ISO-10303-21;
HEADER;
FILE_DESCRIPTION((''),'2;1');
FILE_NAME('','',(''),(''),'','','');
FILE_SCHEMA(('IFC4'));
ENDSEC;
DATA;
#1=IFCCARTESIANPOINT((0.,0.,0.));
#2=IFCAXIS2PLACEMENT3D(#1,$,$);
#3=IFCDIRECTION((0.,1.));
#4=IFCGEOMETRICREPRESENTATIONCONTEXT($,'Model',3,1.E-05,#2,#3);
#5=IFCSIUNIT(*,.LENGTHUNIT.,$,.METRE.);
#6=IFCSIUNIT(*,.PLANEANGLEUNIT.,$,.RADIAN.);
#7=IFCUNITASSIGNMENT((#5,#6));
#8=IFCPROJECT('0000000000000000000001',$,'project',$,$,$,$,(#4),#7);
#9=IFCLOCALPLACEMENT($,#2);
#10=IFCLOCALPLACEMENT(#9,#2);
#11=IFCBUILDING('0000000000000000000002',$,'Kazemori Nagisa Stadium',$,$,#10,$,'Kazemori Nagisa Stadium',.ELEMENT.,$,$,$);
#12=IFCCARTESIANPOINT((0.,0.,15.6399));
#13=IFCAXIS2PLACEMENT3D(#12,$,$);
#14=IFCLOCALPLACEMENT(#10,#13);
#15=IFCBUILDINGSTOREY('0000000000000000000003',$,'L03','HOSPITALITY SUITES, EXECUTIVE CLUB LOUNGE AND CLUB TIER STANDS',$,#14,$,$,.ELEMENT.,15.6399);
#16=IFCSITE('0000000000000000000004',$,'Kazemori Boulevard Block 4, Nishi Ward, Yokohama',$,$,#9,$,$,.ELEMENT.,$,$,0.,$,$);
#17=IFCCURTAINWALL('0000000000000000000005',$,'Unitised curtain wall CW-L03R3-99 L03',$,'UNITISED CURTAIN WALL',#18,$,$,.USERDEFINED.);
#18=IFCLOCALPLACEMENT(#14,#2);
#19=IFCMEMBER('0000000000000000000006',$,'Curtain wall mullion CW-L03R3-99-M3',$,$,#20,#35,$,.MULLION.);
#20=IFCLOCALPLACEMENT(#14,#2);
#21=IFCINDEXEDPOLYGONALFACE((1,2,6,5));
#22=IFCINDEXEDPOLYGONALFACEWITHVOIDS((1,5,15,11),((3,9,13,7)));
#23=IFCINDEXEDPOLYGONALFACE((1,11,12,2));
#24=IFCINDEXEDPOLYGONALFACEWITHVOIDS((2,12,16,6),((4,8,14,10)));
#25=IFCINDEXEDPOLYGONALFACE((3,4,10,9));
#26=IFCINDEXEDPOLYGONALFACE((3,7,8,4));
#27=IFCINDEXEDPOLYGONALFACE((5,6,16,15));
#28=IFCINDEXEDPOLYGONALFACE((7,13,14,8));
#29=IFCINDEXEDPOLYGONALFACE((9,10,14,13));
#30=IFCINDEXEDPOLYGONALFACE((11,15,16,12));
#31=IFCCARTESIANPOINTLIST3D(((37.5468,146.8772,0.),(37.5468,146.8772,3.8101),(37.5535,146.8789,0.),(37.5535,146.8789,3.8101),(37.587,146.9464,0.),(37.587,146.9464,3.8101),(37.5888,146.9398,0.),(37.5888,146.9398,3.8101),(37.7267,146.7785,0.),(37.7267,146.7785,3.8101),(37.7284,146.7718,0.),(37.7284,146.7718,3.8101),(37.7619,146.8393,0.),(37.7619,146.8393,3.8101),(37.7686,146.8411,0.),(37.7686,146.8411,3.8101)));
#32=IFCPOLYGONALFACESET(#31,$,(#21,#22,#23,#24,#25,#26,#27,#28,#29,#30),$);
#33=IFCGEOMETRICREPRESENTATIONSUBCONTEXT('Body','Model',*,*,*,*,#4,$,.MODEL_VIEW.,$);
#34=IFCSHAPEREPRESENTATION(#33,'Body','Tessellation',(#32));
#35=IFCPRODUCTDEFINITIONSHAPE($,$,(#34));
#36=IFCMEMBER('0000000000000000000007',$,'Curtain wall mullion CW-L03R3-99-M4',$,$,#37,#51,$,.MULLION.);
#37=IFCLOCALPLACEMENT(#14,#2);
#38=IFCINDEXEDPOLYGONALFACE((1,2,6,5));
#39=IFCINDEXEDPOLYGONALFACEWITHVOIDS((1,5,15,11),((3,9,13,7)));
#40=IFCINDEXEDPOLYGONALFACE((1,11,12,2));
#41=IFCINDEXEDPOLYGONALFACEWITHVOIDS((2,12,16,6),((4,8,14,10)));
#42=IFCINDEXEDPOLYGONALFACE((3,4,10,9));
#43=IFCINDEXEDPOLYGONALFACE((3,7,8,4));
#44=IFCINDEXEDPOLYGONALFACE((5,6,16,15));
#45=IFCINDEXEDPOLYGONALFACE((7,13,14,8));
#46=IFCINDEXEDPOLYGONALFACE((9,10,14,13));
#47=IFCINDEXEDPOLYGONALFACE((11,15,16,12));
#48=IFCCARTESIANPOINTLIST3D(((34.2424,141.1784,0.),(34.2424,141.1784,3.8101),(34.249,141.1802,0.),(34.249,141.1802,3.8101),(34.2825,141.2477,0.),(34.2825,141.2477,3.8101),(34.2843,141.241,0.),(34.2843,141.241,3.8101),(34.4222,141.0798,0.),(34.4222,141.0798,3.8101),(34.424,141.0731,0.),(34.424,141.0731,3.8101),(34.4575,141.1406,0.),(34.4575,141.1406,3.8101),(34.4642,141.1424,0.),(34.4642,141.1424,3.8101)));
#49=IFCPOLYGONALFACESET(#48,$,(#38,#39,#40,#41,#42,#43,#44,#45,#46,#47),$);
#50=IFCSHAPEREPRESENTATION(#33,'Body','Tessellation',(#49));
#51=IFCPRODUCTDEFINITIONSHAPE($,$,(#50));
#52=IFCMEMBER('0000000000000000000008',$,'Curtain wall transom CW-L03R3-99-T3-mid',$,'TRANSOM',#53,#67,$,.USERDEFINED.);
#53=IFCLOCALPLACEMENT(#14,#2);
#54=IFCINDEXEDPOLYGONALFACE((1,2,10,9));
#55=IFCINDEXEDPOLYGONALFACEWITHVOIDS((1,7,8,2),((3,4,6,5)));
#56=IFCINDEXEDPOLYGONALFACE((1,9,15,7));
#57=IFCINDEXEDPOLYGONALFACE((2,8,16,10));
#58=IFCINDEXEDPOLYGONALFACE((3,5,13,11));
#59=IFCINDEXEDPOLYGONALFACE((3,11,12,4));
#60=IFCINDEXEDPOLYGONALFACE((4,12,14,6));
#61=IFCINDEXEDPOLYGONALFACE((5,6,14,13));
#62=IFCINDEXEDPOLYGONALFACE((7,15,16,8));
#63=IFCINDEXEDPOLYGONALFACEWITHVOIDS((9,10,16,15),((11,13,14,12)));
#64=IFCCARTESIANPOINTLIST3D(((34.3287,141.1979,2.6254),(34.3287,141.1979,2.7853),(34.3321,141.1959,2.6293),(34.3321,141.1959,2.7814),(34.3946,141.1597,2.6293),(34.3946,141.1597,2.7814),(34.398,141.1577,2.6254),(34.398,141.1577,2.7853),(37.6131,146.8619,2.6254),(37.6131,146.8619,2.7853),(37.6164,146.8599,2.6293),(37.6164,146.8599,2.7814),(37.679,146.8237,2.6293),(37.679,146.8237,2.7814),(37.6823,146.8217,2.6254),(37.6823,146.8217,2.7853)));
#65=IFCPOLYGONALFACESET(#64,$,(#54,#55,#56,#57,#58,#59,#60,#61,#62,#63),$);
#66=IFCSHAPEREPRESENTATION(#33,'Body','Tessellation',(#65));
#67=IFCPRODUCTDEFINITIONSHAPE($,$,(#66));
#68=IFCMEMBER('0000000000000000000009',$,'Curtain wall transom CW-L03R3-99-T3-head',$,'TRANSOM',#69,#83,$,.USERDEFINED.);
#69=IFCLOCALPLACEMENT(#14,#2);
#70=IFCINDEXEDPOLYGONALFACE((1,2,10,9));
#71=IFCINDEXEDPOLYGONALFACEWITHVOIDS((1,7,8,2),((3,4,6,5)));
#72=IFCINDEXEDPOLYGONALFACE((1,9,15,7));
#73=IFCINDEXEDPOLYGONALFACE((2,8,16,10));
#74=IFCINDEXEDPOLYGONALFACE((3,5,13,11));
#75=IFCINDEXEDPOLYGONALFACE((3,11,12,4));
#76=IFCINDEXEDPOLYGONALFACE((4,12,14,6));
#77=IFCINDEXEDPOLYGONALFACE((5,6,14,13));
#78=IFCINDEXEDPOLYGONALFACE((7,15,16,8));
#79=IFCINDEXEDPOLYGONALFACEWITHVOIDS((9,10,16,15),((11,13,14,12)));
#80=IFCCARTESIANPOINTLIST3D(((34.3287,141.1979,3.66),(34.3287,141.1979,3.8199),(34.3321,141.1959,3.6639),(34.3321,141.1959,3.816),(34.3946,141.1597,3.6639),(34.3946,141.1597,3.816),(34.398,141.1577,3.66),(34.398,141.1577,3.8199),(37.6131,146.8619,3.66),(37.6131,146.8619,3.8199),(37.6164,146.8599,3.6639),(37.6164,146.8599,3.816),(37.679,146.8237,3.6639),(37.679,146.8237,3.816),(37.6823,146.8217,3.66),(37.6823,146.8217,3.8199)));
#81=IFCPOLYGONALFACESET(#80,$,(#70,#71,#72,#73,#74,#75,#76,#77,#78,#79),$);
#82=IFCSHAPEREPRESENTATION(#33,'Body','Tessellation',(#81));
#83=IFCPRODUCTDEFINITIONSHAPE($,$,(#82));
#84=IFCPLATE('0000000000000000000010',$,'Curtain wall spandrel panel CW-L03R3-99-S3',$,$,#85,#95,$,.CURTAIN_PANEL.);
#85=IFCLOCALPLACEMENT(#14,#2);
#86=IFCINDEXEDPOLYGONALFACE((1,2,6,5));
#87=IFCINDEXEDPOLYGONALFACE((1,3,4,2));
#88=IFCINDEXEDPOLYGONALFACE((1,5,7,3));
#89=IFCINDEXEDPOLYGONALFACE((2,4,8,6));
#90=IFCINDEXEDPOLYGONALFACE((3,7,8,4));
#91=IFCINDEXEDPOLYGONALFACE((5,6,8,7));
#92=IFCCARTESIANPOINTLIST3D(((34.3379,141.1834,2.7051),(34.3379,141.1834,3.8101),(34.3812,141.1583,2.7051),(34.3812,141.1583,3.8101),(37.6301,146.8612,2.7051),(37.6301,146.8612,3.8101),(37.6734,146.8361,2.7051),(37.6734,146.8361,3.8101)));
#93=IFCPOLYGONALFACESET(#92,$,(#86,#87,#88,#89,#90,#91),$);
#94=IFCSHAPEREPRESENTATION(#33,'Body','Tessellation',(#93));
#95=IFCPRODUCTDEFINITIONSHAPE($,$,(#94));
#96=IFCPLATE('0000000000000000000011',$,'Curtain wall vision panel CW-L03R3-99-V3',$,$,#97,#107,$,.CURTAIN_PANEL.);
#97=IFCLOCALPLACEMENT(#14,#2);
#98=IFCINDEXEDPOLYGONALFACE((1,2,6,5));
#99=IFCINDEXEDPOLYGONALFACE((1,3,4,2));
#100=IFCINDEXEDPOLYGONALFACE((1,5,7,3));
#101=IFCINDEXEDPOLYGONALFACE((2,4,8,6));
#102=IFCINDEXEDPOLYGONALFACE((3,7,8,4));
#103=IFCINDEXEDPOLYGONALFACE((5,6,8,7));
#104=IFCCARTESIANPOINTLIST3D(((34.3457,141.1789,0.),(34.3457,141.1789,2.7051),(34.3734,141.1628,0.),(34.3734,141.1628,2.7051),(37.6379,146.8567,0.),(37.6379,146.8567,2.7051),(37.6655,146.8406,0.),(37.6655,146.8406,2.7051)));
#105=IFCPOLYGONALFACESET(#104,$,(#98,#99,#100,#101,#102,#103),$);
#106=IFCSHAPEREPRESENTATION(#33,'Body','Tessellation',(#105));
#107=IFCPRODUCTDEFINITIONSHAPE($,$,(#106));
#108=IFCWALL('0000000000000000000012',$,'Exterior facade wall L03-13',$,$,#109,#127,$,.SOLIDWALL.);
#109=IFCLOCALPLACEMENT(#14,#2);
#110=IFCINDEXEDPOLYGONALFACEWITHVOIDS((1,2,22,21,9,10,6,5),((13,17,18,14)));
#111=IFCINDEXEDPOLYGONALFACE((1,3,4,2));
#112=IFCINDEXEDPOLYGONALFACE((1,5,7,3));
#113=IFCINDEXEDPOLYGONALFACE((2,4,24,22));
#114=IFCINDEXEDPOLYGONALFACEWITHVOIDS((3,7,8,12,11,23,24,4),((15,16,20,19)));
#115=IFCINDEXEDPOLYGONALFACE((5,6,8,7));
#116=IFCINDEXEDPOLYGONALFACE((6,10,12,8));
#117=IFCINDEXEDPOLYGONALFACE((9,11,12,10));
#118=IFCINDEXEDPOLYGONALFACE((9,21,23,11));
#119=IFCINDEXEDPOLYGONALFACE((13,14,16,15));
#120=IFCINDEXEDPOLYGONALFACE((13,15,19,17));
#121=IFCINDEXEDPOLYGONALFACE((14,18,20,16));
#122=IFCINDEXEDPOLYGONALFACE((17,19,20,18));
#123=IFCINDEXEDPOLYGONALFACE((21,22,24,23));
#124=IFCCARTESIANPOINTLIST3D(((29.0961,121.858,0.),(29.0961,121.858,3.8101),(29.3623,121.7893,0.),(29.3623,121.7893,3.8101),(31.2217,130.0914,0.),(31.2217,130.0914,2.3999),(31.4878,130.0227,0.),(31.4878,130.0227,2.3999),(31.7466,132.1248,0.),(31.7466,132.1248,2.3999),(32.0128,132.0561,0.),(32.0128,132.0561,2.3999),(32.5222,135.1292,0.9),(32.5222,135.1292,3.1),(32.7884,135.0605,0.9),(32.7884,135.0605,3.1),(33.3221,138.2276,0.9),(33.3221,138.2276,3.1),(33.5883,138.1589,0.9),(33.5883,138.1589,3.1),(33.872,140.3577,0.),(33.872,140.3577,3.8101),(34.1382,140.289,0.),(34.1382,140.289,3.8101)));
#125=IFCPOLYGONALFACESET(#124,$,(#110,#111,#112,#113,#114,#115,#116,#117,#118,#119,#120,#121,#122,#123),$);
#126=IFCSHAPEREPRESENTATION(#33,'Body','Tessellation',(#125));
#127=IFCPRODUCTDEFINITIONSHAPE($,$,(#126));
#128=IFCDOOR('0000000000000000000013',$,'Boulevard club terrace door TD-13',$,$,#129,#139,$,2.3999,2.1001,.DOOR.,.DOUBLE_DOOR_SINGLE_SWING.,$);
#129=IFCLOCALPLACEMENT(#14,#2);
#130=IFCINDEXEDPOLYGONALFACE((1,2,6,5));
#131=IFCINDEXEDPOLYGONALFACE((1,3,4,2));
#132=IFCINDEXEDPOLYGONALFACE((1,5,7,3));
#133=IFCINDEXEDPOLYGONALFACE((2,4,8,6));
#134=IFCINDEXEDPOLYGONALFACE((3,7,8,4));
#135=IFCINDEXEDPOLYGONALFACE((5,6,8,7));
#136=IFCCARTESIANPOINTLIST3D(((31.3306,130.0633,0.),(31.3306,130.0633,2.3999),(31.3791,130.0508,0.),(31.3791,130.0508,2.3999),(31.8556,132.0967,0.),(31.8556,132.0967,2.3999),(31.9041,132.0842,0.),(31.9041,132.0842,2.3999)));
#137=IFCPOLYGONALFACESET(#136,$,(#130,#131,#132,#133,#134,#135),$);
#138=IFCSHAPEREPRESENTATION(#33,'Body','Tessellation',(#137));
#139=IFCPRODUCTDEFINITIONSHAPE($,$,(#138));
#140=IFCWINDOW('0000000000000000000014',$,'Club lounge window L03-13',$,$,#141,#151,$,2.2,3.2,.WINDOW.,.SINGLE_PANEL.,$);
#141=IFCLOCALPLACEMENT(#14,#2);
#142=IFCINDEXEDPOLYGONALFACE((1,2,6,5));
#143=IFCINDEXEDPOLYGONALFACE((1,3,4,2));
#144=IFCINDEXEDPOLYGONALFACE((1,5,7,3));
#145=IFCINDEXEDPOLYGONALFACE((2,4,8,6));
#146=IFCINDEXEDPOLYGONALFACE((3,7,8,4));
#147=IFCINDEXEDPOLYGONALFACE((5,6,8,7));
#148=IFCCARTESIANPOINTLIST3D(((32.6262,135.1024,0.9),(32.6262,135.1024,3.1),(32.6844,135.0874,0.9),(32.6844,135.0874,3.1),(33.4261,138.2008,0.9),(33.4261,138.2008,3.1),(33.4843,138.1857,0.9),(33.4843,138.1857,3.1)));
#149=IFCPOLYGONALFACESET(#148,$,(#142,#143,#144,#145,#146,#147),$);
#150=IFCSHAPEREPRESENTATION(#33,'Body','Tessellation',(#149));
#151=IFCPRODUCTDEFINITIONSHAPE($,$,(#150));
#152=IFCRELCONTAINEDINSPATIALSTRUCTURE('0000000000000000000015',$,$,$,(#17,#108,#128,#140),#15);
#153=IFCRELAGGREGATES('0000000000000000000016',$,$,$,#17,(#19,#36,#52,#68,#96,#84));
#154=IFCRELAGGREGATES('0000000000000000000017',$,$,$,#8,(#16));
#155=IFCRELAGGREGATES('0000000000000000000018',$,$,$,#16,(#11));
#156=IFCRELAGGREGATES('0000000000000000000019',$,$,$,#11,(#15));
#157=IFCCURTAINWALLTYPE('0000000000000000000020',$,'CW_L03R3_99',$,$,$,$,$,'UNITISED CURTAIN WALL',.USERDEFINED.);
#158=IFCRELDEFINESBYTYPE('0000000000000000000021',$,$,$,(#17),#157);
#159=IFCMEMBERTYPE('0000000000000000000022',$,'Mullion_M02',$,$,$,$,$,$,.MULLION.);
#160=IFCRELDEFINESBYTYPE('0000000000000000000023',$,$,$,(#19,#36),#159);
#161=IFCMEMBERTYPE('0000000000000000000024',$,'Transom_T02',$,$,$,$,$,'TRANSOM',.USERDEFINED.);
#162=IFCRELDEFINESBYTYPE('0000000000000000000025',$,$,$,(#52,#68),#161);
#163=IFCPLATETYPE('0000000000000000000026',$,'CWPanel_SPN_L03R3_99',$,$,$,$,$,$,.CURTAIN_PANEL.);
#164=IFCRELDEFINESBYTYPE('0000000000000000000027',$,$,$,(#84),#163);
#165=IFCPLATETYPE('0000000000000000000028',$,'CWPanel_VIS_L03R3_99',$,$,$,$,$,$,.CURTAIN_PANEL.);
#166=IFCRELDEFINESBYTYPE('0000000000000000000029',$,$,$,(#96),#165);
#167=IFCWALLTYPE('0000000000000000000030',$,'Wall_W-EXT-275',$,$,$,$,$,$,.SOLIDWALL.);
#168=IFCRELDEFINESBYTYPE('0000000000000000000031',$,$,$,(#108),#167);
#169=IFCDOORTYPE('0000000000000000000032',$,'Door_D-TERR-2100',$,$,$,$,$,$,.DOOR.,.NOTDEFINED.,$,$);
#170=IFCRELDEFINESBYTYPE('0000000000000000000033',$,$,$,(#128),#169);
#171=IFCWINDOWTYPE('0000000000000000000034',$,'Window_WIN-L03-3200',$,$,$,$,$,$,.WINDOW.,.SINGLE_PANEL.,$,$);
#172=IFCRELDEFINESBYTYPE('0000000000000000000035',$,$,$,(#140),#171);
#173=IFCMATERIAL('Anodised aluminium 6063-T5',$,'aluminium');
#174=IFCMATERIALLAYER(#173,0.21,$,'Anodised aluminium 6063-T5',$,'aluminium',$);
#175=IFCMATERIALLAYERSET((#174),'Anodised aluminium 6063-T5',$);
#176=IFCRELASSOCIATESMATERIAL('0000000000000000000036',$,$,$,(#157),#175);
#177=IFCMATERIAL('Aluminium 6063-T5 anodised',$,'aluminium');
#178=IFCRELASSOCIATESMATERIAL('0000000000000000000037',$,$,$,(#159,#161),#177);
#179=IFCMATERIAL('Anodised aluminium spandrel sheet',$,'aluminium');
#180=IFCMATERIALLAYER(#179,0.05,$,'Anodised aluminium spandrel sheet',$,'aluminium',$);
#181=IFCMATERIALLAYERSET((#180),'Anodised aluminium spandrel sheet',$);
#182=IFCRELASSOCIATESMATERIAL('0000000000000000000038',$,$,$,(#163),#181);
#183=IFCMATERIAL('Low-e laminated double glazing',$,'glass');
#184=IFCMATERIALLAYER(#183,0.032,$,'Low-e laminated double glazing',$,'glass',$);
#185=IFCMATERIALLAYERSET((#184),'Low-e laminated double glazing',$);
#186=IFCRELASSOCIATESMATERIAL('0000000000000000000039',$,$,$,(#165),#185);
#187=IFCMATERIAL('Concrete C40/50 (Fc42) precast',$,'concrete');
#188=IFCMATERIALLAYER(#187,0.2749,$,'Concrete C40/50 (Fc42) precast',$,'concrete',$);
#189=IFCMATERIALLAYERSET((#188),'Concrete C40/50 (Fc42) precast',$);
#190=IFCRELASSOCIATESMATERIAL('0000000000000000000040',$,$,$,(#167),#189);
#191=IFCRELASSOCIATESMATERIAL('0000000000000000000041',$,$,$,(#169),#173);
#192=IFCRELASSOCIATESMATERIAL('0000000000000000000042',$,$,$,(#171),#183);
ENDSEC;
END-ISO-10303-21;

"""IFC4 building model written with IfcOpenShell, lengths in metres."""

from ifc_helpers import new_model, si_unit, direction, frame, frame_2d, origin, origin_2d, place, context, subcontext, project, spatial, rectangle, hollow_rectangle, extrude, material, layer, layer_set, material_profile, profile_set, type_object, element, fill, aggregate, save


model = new_model("IFC4")

# Units and contexts
model_context = context("Model", 3, precision=1e-05, world=origin(), true_north=direction((0.0, 1.0)))
body_context = subcontext(model_context, "Body", "Model", "MODEL_VIEW")
ifc_project = project(units=[si_unit("LENGTHUNIT", "METRE"), si_unit("PLANEANGLEUNIT", "RADIAN")], contexts=[model_context])

# Site, building, storey
site_placement = place(None, origin())
site = spatial("IfcSite", under=ifc_project, at=site_placement, Name="Kazemori Boulevard Block 4, Nishi Ward, Yokohama", CompositionType="ELEMENT", RefElevation=0.0)
building_placement = place(site_placement, origin())
building = spatial("IfcBuilding", under=site, at=building_placement, Name="Kazemori Nagisa Stadium", LongName="Kazemori Nagisa Stadium", CompositionType="ELEMENT")
storey_placement = place(building_placement, frame((0.0, 0.0, 15.6399)))
storey = spatial("IfcBuildingStorey", under=building, at=storey_placement, Name="L03", Description="HOSPITALITY SUITES, EXECUTIVE CLUB LOUNGE AND CLUB TIER STANDS", CompositionType="ELEMENT", Elevation=15.6399)

# Curtain wall, members, plates
ifc_material_1 = material(Name="Anodised aluminium 6063-T5", Category="aluminium")
ifc_layer_1 = layer(ifc_material_1, 0.21, Name="Anodised aluminium 6063-T5", Category="aluminium")
ifc_layer_set_1 = layer_set([ifc_layer_1], Name="Anodised aluminium 6063-T5")
curtain_wall_type = type_object("IfcCurtainWallType", Name="CW_L03R3_99", ElementType="UNITISED CURTAIN WALL", PredefinedType="USERDEFINED", material=ifc_layer_set_1)
curtain_wall_placement = place(storey_placement, origin())
curtain_wall = element("IfcCurtainWall", 1, at=curtain_wall_placement, inside=storey, type_object=curtain_wall_type, Name="Unitised curtain wall CW-L03R3-99 L03", ObjectType="UNITISED CURTAIN WALL", PredefinedType="USERDEFINED")
ifc_material_2 = material(Name="Aluminium 6063-T5 anodised", Category="aluminium")
ifc_material_profile_1 = material_profile(ifc_material_2, hollow_rectangle(XDim=0.0801, YDim=0.21, WallThickness=0.0049, at=origin_2d()), Name="ALU-MULL-80x210x5")
ifc_profile_set_1 = profile_set([ifc_material_profile_1], Name="Aluminium 6063-T5 anodised")
member_type_1 = type_object("IfcMemberType", Name="Mullion_M02", PredefinedType="MULLION", material=ifc_profile_set_1)
member_1_placement = place(storey_placement, frame((37.6577, 146.8591, 0.0), z_axis=(0.0, 0.0, 1.0), x_axis=(-0.501612, -0.865093, 0.0)))
member_1 = element("IfcMember", 2, at=member_1_placement, type_object=member_type_1, Name="Curtain wall mullion CW-L03R3-99-M3", PredefinedType="MULLION", context=body_context, shape_type="SweptSolid", body=[
    extrude(hollow_rectangle(XDim=0.0801, YDim=0.21, WallThickness=0.0049, at=origin_2d()), origin(), (0.0, 0.0, 1.0), 3.8101),
])
member_2_placement = place(storey_placement, frame((34.3533, 141.1604, 0.0), z_axis=(0.0, 0.0, 1.0), x_axis=(-0.501612, -0.865093, 0.0)))
member_2 = element("IfcMember", 3, at=member_2_placement, type_object=member_type_1, Name="Curtain wall mullion CW-L03R3-99-M4", PredefinedType="MULLION", context=body_context, shape_type="SweptSolid", body=[
    extrude(hollow_rectangle(XDim=0.0801, YDim=0.21, WallThickness=0.0049, at=origin_2d()), origin(), (0.0, 0.0, 1.0), 3.8101),
])
ifc_material_profile_2 = material_profile(ifc_material_2, hollow_rectangle(XDim=0.0801, YDim=0.1599, WallThickness=0.0039, at=origin_2d()), Name="ALU-TRAN-80x160x4")
ifc_profile_set_2 = profile_set([ifc_material_profile_2], Name="Aluminium 6063-T5 anodised")
member_type_2 = type_object("IfcMemberType", Name="Transom_T02", ElementType="TRANSOM", PredefinedType="USERDEFINED", material=ifc_profile_set_2)
member_3_placement = place(storey_placement, frame((37.6477, 146.8418, 2.7053), z_axis=(-0.501634, -0.86508, 0.0), x_axis=(0.86508, -0.501634, 0.0)))
member_3 = element("IfcMember", 4, at=member_3_placement, type_object=member_type_2, Name="Curtain wall transom CW-L03R3-99-T3-mid", ObjectType="TRANSOM", PredefinedType="USERDEFINED", context=body_context, shape_type="SweptSolid", body=[
    extrude(hollow_rectangle(XDim=0.0801, YDim=0.1599, WallThickness=0.0039, at=origin_2d()), origin(), (0.0, 0.0, 1.0), 6.5474),
])
member_4_placement = place(storey_placement, frame((37.6477, 146.8418, 3.74), z_axis=(-0.501634, -0.86508, 0.0), x_axis=(0.86508, -0.501634, 0.0)))
member_4 = element("IfcMember", 5, at=member_4_placement, type_object=member_type_2, Name="Curtain wall transom CW-L03R3-99-T3-head", ObjectType="TRANSOM", PredefinedType="USERDEFINED", context=body_context, shape_type="SweptSolid", body=[
    extrude(hollow_rectangle(XDim=0.0801, YDim=0.1599, WallThickness=0.0039, at=origin_2d()), origin(), (0.0, 0.0, 1.0), 6.5474),
])
ifc_material_3 = material(Name="Anodised aluminium spandrel sheet", Category="aluminium")
ifc_layer_2 = layer(ifc_material_3, 0.05, Name="Anodised aluminium spandrel sheet", Category="aluminium")
ifc_layer_set_2 = layer_set([ifc_layer_2], Name="Anodised aluminium spandrel sheet")
plate_type_1 = type_object("IfcPlateType", Name="CWPanel_SPN_L03R3_99", PredefinedType="CURTAIN_PANEL", material=ifc_layer_set_2)
plate_1_placement = place(storey_placement, frame((36.0056, 144.0098, 2.7051), z_axis=(0.0, 0.0, 1.0), x_axis=(-0.501612, -0.865093, 0.0)))
plate_1 = element("IfcPlate", 6, at=plate_1_placement, type_object=plate_type_1, Name="Curtain wall spandrel panel CW-L03R3-99-S3", PredefinedType="CURTAIN_PANEL", context=body_context, shape_type="SweptSolid", body=[
    extrude(rectangle(XDim=6.5632, YDim=0.05, at=origin_2d()), origin(), (0.0, 0.0, 1.0), 1.105),
])
ifc_material_4 = material(Name="Low-e laminated double glazing", Category="glass")
ifc_layer_3 = layer(ifc_material_4, 0.032, Name="Low-e laminated double glazing", Category="glass")
ifc_layer_set_3 = layer_set([ifc_layer_3], Name="Low-e laminated double glazing")
plate_type_2 = type_object("IfcPlateType", Name="CWPanel_VIS_L03R3_99", PredefinedType="CURTAIN_PANEL", material=ifc_layer_set_3)
plate_2_placement = place(storey_placement, frame((36.0056, 144.0098, 0.0), z_axis=(0.0, 0.0, 1.0), x_axis=(-0.501612, -0.865093, 0.0)))
plate_2 = element("IfcPlate", 7, at=plate_2_placement, type_object=plate_type_2, Name="Curtain wall vision panel CW-L03R3-99-V3", PredefinedType="CURTAIN_PANEL", context=body_context, shape_type="SweptSolid", body=[
    extrude(rectangle(XDim=6.5632, YDim=0.032, at=origin_2d()), origin(), (0.0, 0.0, 1.0), 2.7051),
])
aggregate(curtain_wall, [member_1, member_2, member_3, member_4, plate_2, plate_1])

# Wall, openings, door, window
ifc_material_5 = material(Name="Concrete C40/50 (Fc42) precast", Category="concrete")
ifc_layer_4 = layer(ifc_material_5, 0.2749, Name="Concrete C40/50 (Fc42) precast", Category="concrete")
ifc_layer_set_4 = layer_set([ifc_layer_4], Name="Concrete C40/50 (Fc42) precast")
wall_type_1 = type_object("IfcWallType", Name="Wall_W-EXT-275", PredefinedType="SOLIDWALL", material=ifc_layer_set_4)
wall_1_placement = place(storey_placement, frame((34.0051, 140.3235, 0.0), z_axis=(0.0, 0.0, 1.0), x_axis=(-0.249964, -0.968255, 0.0)))
wall_1 = element("IfcWall", 8, at=wall_1_placement, inside=storey, type_object=wall_type_1, Name="Exterior facade wall L03-13", PredefinedType="SOLIDWALL", context=body_context, shape_type="SweptSolid", body=[
    extrude(rectangle(XDim=19.1062, YDim=0.2749, at=frame_2d((9.5532, 0.0))), origin(), (0.0, 0.0, 1.0), 3.8101),
])
opening_1_placement = place(wall_1_placement, frame((8.5029, 0.0, 0.0)))
opening_1 = element("IfcOpeningElement", 9, at=opening_1_placement, cuts=wall_1, PredefinedType="OPENING", context=body_context, shape_type="SweptSolid", body=[
    extrude(rectangle(XDim=2.1001, YDim=2.3999, at=frame_2d((1.05, 1.2))), frame((0.0, 0.1475, 0.0), z_axis=(0.0, -1.0, 0.0), x_axis=(1.0, 0.0, 0.0)), (0.0, 0.0, 1.0), 0.2949),
])
opening_2_placement = place(wall_1_placement, frame((2.2, 0.0, 0.8999)))
opening_2 = element("IfcOpeningElement", 10, at=opening_2_placement, cuts=wall_1, PredefinedType="OPENING", context=body_context, shape_type="SweptSolid", body=[
    extrude(rectangle(XDim=3.2, YDim=2.2, at=frame_2d((1.6001, 1.1001))), frame((0.0, 0.1475, 0.0), z_axis=(0.0, -1.0, 0.0), x_axis=(1.0, 0.0, 0.0)), (0.0, 0.0, 1.0), 0.2949),
])
door_type_1 = type_object("IfcDoorType", Name="Door_D-TERR-2100", OperationType="NOTDEFINED", PredefinedType="DOOR", material=ifc_material_1)
door_1_placement = place(opening_1_placement, frame((2.1001, 0.0, 0.0), z_axis=(0.0, 0.0, 1.0), x_axis=(-1.0, 0.0, 0.0)))
door_1 = element("IfcDoor", 11, at=door_1_placement, inside=storey, type_object=door_type_1, Name="Boulevard club terrace door TD-13", OperationType="DOUBLE_DOOR_SINGLE_SWING", OverallHeight=2.3999, OverallWidth=2.1001, PredefinedType="DOOR", context=body_context, shape_type="SweptSolid", body=[
    extrude(rectangle(XDim=2.1001, YDim=2.3999, at=frame_2d((1.05, 1.2))), frame((0.0, 0.0249, 0.0), z_axis=(0.0, -1.0, 0.0), x_axis=(1.0, 0.0, 0.0)), (0.0, 0.0, 1.0), 0.05),
])
fill(opening_1, door_1)
window_type = type_object("IfcWindowType", Name="Window_WIN-L03-3200", PartitioningType="SINGLE_PANEL", PredefinedType="WINDOW", material=ifc_material_4)
window_placement = place(opening_2_placement, origin())
window = element("IfcWindow", 12, at=window_placement, inside=storey, type_object=window_type, Name="Club lounge window L03-13", OverallHeight=2.2, OverallWidth=3.2, PartitioningType="SINGLE_PANEL", PredefinedType="WINDOW", context=body_context, shape_type="SweptSolid", body=[
    extrude(rectangle(XDim=3.2, YDim=2.2, at=frame_2d((1.6001, 1.1001))), frame((0.0, 0.03, 0.0), z_axis=(0.0, -1.0, 0.0), x_axis=(1.0, 0.0, 0.0)), (0.0, 0.0, 1.0), 0.0601),
])
fill(opening_2, window)

save(model, "model.ifc")
